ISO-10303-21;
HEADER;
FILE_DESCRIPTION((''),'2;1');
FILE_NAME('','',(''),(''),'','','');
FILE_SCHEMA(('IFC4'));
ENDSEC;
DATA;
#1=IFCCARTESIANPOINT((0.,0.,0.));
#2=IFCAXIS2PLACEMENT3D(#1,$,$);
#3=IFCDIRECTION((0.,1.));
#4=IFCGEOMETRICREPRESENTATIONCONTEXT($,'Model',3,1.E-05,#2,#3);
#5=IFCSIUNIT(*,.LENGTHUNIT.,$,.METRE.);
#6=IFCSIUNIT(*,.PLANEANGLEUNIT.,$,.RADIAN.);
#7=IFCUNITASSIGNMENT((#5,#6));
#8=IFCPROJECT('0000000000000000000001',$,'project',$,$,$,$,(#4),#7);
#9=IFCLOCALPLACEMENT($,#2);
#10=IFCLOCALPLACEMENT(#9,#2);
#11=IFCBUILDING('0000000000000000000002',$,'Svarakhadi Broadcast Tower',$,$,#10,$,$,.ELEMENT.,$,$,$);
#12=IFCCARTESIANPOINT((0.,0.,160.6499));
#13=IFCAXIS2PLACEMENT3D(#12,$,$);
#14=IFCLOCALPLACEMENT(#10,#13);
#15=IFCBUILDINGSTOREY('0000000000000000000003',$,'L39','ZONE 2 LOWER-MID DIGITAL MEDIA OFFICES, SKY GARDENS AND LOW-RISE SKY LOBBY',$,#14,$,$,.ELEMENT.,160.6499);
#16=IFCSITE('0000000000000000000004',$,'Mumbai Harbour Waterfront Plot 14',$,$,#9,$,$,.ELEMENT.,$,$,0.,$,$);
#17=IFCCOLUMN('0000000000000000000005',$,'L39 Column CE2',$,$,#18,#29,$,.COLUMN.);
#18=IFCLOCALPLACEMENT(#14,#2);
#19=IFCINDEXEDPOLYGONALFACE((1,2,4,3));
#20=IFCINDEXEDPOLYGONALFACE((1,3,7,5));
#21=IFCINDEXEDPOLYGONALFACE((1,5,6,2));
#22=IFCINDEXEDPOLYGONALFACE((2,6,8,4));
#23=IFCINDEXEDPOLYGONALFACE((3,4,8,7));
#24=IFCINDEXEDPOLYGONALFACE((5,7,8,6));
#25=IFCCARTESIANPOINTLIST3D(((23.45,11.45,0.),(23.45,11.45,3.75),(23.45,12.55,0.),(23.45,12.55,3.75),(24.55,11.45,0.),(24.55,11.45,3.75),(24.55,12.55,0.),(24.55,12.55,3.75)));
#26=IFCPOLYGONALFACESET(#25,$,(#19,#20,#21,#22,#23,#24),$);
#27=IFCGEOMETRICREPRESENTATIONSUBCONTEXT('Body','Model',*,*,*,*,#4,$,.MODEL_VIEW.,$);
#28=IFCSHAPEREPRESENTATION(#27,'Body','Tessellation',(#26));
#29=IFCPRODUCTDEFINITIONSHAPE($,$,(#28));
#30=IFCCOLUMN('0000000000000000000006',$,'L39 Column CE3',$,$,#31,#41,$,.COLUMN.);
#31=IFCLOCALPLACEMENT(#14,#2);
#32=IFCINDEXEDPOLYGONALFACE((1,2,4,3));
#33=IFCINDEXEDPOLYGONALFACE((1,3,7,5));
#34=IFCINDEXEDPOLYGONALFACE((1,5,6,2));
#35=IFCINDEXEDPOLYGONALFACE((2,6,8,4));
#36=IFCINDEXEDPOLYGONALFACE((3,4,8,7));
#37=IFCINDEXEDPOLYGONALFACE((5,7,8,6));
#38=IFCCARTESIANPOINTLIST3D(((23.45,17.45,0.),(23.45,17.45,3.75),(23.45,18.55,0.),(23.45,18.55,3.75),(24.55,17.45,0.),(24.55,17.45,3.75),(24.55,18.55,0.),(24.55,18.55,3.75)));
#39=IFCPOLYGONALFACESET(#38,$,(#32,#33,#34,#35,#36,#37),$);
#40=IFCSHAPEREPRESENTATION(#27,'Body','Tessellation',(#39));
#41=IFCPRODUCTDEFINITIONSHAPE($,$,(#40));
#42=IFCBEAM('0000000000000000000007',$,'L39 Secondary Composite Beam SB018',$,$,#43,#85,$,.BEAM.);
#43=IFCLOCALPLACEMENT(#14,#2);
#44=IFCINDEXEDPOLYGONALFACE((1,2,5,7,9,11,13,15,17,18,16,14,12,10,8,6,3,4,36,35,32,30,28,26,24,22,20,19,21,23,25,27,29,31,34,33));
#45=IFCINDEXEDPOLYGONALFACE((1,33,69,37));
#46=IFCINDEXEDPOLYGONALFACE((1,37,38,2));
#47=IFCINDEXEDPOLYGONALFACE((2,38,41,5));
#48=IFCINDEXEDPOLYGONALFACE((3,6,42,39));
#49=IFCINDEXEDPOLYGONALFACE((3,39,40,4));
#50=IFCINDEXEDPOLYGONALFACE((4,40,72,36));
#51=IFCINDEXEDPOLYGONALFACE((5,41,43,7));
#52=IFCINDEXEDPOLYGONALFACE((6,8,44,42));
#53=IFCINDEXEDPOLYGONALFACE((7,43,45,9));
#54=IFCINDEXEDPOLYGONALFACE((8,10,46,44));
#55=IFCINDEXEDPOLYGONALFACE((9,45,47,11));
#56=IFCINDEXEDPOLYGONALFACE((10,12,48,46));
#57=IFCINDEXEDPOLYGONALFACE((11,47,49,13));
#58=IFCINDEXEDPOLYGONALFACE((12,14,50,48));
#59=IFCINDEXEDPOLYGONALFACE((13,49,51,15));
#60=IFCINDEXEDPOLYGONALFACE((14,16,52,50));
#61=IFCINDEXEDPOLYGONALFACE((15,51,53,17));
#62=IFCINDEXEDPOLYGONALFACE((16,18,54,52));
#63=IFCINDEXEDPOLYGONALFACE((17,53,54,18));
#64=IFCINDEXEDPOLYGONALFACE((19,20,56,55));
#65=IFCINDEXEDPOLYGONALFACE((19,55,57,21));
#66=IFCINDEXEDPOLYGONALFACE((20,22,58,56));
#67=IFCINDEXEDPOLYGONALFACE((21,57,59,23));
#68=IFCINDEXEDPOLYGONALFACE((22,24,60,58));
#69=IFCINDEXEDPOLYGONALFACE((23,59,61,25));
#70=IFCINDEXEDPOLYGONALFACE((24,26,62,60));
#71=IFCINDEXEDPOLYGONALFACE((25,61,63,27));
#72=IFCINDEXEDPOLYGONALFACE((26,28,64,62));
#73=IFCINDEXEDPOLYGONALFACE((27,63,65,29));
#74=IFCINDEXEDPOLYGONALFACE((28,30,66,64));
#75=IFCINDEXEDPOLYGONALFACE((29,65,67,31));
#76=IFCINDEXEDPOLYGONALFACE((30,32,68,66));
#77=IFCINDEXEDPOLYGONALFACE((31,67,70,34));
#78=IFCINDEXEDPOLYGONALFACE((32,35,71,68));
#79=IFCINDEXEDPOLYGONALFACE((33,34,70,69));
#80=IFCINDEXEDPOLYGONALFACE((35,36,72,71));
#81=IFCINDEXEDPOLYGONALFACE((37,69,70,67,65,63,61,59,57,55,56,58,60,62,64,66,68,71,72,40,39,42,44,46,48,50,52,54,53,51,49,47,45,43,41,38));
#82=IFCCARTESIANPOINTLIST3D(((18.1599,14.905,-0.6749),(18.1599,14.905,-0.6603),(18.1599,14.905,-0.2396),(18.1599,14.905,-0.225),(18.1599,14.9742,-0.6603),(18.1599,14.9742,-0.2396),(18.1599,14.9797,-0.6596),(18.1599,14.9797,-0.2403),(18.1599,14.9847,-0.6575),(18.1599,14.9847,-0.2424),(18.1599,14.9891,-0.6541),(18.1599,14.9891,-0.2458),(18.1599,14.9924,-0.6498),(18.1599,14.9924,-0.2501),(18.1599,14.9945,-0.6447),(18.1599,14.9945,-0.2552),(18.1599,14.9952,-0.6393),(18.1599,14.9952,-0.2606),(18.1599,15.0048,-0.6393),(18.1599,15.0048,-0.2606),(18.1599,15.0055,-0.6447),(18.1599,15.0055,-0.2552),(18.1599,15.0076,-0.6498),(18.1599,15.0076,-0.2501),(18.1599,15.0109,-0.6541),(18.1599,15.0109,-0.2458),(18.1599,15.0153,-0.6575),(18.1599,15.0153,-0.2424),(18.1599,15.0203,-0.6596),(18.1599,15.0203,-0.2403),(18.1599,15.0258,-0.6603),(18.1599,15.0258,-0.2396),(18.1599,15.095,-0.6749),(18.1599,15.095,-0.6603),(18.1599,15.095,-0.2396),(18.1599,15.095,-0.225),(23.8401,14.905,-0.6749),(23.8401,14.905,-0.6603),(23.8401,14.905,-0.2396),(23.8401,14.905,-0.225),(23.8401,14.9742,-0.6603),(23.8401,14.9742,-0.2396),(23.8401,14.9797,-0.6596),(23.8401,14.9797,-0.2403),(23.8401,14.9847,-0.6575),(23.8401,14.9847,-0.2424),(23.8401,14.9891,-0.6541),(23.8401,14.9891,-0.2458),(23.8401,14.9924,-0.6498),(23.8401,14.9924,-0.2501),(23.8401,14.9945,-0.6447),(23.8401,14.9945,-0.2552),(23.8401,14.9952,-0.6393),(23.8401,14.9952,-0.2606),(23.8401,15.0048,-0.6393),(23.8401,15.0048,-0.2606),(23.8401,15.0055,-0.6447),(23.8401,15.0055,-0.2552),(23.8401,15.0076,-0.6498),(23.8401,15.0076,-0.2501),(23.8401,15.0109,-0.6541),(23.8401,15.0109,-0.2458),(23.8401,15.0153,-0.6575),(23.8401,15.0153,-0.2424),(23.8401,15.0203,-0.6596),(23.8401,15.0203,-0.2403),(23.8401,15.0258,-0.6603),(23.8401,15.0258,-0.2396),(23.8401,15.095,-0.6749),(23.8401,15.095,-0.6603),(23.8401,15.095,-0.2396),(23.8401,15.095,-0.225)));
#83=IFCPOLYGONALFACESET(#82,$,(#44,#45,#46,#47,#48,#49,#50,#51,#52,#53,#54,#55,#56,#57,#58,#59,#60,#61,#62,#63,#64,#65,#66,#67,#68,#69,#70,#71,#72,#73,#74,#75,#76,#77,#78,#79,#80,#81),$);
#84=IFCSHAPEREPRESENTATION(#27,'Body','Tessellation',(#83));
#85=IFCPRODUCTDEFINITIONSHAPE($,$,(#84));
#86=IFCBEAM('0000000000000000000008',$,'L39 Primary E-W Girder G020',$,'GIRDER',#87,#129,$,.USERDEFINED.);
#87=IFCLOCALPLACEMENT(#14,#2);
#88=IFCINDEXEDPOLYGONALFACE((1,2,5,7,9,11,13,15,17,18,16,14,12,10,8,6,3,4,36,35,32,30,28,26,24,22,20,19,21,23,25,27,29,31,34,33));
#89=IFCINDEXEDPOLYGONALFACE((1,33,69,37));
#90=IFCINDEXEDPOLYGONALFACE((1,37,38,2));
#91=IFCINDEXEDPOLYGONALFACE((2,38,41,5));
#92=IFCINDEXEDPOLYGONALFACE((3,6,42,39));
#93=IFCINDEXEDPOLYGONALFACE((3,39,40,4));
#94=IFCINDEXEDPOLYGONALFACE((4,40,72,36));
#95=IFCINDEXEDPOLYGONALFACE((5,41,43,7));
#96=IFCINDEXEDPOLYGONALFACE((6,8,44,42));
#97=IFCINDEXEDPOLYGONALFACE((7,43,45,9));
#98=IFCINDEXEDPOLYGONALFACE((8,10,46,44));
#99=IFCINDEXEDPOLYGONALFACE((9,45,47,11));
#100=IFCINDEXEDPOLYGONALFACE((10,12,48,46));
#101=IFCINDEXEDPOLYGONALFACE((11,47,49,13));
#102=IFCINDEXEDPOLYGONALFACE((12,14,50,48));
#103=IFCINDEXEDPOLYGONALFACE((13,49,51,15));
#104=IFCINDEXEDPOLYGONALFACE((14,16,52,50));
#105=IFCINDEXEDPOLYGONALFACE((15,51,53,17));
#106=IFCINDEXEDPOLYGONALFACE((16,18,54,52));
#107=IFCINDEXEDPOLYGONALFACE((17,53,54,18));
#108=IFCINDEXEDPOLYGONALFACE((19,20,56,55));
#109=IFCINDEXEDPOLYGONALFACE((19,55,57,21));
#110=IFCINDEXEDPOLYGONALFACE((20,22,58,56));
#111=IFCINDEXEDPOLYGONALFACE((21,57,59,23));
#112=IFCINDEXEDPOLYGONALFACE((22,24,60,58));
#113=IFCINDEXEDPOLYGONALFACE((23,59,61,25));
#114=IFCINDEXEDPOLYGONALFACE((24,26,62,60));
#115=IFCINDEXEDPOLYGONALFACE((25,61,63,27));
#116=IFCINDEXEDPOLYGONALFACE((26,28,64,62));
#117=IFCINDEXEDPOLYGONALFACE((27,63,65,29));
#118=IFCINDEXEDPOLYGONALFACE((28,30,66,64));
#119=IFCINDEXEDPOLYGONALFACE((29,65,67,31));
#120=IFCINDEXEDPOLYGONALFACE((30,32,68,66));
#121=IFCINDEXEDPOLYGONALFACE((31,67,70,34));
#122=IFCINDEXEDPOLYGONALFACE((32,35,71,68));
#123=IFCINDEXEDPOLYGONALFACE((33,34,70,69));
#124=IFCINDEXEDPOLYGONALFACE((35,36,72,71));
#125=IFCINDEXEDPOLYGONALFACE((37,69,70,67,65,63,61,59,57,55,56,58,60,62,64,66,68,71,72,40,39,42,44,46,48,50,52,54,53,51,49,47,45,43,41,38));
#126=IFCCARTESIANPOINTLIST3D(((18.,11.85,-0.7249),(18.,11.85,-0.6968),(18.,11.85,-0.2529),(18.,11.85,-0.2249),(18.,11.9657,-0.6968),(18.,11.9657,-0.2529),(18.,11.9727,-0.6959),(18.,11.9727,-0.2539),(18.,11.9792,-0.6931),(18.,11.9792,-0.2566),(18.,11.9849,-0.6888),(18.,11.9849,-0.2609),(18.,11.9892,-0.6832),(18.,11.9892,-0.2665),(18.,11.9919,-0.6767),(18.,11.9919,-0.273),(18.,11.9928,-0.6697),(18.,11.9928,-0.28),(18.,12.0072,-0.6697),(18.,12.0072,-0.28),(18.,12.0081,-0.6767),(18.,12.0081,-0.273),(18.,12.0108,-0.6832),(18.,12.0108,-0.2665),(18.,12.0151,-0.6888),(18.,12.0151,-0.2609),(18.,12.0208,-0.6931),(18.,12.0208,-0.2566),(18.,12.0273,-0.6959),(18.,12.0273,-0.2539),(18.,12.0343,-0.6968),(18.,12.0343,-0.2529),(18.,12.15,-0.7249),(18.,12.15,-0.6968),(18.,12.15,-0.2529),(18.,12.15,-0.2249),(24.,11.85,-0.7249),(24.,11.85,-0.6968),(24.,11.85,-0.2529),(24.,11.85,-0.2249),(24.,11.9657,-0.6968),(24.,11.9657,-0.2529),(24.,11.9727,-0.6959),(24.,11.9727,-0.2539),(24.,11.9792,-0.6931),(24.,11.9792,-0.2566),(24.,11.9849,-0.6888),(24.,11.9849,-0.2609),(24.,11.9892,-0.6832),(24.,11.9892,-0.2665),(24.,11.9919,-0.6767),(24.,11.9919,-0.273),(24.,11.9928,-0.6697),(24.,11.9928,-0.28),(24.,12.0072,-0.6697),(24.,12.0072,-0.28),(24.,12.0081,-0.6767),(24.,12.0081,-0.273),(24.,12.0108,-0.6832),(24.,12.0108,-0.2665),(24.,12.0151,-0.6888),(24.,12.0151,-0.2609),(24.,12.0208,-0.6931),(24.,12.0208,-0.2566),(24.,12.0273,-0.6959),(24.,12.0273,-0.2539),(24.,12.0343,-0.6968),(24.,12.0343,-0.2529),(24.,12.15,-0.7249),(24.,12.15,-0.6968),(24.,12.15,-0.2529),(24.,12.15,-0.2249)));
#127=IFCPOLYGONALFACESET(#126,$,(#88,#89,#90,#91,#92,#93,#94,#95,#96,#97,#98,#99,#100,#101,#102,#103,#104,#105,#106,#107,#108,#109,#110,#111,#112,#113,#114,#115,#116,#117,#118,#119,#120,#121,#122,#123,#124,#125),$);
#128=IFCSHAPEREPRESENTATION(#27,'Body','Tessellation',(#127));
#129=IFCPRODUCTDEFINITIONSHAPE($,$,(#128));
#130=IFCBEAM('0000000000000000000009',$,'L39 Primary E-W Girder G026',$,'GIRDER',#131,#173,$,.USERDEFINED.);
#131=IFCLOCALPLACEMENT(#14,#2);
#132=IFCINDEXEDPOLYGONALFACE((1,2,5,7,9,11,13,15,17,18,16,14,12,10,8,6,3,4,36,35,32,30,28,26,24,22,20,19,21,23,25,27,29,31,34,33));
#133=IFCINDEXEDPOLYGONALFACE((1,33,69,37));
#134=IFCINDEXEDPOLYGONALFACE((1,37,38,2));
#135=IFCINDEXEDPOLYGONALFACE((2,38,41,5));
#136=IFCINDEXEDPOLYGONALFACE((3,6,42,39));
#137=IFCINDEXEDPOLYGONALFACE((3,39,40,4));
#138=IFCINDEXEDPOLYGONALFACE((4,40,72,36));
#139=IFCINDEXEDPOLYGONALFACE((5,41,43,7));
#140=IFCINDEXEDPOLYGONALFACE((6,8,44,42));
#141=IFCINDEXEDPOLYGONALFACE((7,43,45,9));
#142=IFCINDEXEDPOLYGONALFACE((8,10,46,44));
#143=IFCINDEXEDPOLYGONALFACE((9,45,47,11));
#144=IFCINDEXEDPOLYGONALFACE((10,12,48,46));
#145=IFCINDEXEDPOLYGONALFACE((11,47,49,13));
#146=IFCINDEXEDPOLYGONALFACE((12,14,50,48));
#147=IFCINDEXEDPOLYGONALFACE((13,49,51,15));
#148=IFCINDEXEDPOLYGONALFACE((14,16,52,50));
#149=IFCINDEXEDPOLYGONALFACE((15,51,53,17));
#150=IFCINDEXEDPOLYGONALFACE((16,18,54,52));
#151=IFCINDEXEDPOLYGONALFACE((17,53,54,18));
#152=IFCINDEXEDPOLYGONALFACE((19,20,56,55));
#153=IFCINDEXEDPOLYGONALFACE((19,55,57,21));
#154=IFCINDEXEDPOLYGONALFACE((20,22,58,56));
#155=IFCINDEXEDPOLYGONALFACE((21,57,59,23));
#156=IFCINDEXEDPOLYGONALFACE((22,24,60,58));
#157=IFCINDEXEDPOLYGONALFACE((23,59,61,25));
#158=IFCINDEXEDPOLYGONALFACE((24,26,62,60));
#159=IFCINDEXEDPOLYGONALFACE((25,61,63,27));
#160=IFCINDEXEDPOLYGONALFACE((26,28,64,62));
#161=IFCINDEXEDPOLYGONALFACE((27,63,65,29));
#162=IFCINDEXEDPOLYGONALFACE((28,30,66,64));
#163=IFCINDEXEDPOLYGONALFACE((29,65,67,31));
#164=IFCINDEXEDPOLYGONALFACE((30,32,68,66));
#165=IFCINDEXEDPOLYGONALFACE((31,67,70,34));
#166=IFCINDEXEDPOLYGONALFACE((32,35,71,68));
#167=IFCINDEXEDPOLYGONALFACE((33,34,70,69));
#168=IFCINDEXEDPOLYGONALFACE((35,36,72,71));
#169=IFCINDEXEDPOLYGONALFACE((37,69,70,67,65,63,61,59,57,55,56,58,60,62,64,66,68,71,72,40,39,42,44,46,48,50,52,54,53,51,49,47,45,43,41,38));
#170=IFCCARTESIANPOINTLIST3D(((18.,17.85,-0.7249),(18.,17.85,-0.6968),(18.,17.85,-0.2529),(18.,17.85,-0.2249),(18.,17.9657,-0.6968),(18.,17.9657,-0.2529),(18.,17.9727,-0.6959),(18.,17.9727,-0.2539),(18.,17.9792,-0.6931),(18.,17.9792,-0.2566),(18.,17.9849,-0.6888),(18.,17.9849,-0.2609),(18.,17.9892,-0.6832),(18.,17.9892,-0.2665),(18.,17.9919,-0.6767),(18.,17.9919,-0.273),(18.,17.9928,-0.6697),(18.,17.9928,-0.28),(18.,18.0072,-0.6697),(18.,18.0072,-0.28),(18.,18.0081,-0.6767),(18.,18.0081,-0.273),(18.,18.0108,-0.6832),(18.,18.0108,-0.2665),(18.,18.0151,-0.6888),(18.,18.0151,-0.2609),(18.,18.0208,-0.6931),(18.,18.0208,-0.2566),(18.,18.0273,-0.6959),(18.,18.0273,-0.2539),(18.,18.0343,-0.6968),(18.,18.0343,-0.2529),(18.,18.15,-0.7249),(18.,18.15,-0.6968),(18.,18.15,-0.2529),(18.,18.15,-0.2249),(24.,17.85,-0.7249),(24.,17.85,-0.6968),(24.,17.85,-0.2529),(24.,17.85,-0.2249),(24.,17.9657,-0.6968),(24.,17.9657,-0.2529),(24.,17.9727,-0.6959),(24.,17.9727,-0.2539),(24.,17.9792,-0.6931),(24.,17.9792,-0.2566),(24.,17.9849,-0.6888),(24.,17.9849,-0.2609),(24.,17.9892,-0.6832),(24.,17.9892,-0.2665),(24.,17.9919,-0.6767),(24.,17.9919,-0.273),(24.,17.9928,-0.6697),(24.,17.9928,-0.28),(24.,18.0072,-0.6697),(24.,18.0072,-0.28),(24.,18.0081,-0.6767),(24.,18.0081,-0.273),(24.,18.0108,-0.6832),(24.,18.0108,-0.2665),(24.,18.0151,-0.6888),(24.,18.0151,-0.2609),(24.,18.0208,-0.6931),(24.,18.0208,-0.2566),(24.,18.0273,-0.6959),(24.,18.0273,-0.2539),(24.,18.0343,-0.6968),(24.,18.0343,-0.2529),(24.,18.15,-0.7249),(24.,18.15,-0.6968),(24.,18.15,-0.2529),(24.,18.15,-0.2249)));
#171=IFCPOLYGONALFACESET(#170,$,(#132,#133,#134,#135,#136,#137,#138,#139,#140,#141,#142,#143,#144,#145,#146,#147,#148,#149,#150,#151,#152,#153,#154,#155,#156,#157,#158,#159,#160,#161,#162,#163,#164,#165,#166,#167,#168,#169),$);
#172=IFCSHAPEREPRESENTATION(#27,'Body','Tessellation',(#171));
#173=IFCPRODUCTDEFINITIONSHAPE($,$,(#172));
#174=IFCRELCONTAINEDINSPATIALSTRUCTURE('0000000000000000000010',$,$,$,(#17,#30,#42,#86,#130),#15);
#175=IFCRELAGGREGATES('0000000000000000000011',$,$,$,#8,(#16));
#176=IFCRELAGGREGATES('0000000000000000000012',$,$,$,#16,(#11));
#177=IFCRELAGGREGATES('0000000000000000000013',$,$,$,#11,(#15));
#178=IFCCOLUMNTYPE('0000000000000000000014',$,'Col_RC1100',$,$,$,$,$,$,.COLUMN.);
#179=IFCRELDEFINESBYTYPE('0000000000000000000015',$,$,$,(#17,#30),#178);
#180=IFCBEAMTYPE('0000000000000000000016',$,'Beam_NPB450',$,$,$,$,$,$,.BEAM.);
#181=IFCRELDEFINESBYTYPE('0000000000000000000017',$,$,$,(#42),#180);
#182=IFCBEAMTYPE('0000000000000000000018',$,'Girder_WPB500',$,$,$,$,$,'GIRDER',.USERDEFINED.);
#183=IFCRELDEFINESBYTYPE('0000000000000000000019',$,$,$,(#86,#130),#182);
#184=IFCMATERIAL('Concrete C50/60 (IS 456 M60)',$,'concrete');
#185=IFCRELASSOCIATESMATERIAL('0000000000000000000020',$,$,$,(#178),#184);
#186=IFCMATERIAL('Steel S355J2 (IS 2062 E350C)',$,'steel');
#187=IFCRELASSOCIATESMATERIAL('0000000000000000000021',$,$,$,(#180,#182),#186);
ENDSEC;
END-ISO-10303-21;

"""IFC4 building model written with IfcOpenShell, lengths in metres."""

from ifc_helpers import new_model, si_unit, direction, frame, origin, origin_2d, place, context, subcontext, project, spatial, rectangle, i_section, extrude, material, material_profile, profile_set, type_object, element, save


model = new_model("IFC4")

# Units and contexts
model_context = context("Model", 3, precision=1e-05, world=origin(), true_north=direction((0.0, 1.0)))
body_context = subcontext(model_context, "Body", "Model", "MODEL_VIEW")
ifc_project = project(units=[si_unit("LENGTHUNIT", "METRE"), si_unit("PLANEANGLEUNIT", "RADIAN")], contexts=[model_context])

# Site, building, storey
site_placement = place(None, origin())
site = spatial("IfcSite", under=ifc_project, at=site_placement, Name="Mumbai Harbour Waterfront Plot 14", CompositionType="ELEMENT", RefElevation=0.0)
building_placement = place(site_placement, origin())
building = spatial("IfcBuilding", under=site, at=building_placement, Name="Svarakhadi Broadcast Tower", CompositionType="ELEMENT")
storey_placement = place(building_placement, frame((0.0, 0.0, 160.6499)))
storey = spatial("IfcBuildingStorey", under=building, at=storey_placement, Name="L39", Description="ZONE 2 LOWER-MID DIGITAL MEDIA OFFICES, SKY GARDENS AND LOW-RISE SKY LOBBY", CompositionType="ELEMENT", Elevation=160.6499)

# Columns
ifc_material_1 = material(Name="Concrete C50/60 (IS 456 M60)", Category="concrete")
ifc_material_profile_1 = material_profile(ifc_material_1, rectangle(XDim=1.1001, YDim=1.1001, at=origin_2d()), Name="RC 1100x1100")
ifc_profile_set_1 = profile_set([ifc_material_profile_1], Name="Concrete C50/60 (IS 456 M60)")
column_type = type_object("IfcColumnType", Name="Col_RC1100", PredefinedType="COLUMN", material=ifc_profile_set_1)
for number, where, z_axis, x_axis, name in (
    (1, (24.0, 12.0, 0.0), (0.0, 0.0, 1.0), (1.0, 0.0, 0.0), "L39 Column CE2"),
    (2, (24.0, 18.0, 0.0), (0.0, 0.0, 1.0), (1.0, 0.0, 0.0), "L39 Column CE3"),
):
    element("IfcColumn", number, at=place(storey_placement, frame(where, z_axis=z_axis, x_axis=x_axis)), inside=storey, type_object=column_type, Name=name, PredefinedType="COLUMN", context=body_context, shape_type="SweptSolid", body=[
        extrude(rectangle(XDim=1.1001, YDim=1.1001, at=origin_2d()), origin(), (0.0, 0.0, 1.0), 3.75),
    ])

# Beams
ifc_material_2 = material(Name="Steel S355J2 (IS 2062 E350C)", Category="steel")
ifc_material_profile_2 = material_profile(ifc_material_2, i_section(OverallWidth=0.1899, OverallDepth=0.45, WebThickness=0.0095, FlangeThickness=0.0146, FilletRadius=0.021, at=origin_2d()), Name="NPB 450x190x78")
ifc_profile_set_2 = profile_set([ifc_material_profile_2], Name="Steel S355J2 (IS 2062 E350C)")
beam_type_1 = type_object("IfcBeamType", Name="Beam_NPB450", PredefinedType="BEAM", material=ifc_profile_set_2)
beam_1_placement = place(storey_placement, frame((18.1599, 15.0, -0.45), z_axis=(1.0, 0.0, 0.0), x_axis=(0.0, 1.0, 0.0)))
element("IfcBeam", 3, at=beam_1_placement, inside=storey, type_object=beam_type_1, Name="L39 Secondary Composite Beam SB018", PredefinedType="BEAM", context=body_context, shape_type="SweptSolid", body=[
    extrude(i_section(OverallWidth=0.1899, OverallDepth=0.45, WebThickness=0.0095, FlangeThickness=0.0146, FilletRadius=0.021, at=origin_2d()), origin(), (0.0, 0.0, 1.0), 5.6802),
])
ifc_material_profile_3 = material_profile(ifc_material_2, i_section(OverallWidth=0.3, OverallDepth=0.5, WebThickness=0.0144, FlangeThickness=0.0281, FilletRadius=0.0271, at=origin_2d()), Name="WPB 500x300x187")
ifc_profile_set_3 = profile_set([ifc_material_profile_3], Name="Steel S355J2 (IS 2062 E350C)")
beam_type_2 = type_object("IfcBeamType", Name="Girder_WPB500", ElementType="GIRDER", PredefinedType="USERDEFINED", material=ifc_profile_set_3)
for number, where, z_axis, x_axis, name in (
    (4, (18.0, 12.0, -0.4749), (1.0, 0.0, 0.0), (0.0, 1.0, 0.0), "L39 Primary E-W Girder G020"),
    (5, (18.0, 18.0, -0.4749), (1.0, 0.0, 0.0), (0.0, 1.0, 0.0), "L39 Primary E-W Girder G026"),
):
    element("IfcBeam", number, at=place(storey_placement, frame(where, z_axis=z_axis, x_axis=x_axis)), inside=storey, type_object=beam_type_2, Name=name, ObjectType="GIRDER", PredefinedType="USERDEFINED", context=body_context, shape_type="SweptSolid", body=[
        extrude(i_section(OverallWidth=0.3, OverallDepth=0.5, WebThickness=0.0144, FlangeThickness=0.0281, FilletRadius=0.0271, at=origin_2d()), origin(), (0.0, 0.0, 1.0), 6.0),
    ])

save(model, "model.ifc")
